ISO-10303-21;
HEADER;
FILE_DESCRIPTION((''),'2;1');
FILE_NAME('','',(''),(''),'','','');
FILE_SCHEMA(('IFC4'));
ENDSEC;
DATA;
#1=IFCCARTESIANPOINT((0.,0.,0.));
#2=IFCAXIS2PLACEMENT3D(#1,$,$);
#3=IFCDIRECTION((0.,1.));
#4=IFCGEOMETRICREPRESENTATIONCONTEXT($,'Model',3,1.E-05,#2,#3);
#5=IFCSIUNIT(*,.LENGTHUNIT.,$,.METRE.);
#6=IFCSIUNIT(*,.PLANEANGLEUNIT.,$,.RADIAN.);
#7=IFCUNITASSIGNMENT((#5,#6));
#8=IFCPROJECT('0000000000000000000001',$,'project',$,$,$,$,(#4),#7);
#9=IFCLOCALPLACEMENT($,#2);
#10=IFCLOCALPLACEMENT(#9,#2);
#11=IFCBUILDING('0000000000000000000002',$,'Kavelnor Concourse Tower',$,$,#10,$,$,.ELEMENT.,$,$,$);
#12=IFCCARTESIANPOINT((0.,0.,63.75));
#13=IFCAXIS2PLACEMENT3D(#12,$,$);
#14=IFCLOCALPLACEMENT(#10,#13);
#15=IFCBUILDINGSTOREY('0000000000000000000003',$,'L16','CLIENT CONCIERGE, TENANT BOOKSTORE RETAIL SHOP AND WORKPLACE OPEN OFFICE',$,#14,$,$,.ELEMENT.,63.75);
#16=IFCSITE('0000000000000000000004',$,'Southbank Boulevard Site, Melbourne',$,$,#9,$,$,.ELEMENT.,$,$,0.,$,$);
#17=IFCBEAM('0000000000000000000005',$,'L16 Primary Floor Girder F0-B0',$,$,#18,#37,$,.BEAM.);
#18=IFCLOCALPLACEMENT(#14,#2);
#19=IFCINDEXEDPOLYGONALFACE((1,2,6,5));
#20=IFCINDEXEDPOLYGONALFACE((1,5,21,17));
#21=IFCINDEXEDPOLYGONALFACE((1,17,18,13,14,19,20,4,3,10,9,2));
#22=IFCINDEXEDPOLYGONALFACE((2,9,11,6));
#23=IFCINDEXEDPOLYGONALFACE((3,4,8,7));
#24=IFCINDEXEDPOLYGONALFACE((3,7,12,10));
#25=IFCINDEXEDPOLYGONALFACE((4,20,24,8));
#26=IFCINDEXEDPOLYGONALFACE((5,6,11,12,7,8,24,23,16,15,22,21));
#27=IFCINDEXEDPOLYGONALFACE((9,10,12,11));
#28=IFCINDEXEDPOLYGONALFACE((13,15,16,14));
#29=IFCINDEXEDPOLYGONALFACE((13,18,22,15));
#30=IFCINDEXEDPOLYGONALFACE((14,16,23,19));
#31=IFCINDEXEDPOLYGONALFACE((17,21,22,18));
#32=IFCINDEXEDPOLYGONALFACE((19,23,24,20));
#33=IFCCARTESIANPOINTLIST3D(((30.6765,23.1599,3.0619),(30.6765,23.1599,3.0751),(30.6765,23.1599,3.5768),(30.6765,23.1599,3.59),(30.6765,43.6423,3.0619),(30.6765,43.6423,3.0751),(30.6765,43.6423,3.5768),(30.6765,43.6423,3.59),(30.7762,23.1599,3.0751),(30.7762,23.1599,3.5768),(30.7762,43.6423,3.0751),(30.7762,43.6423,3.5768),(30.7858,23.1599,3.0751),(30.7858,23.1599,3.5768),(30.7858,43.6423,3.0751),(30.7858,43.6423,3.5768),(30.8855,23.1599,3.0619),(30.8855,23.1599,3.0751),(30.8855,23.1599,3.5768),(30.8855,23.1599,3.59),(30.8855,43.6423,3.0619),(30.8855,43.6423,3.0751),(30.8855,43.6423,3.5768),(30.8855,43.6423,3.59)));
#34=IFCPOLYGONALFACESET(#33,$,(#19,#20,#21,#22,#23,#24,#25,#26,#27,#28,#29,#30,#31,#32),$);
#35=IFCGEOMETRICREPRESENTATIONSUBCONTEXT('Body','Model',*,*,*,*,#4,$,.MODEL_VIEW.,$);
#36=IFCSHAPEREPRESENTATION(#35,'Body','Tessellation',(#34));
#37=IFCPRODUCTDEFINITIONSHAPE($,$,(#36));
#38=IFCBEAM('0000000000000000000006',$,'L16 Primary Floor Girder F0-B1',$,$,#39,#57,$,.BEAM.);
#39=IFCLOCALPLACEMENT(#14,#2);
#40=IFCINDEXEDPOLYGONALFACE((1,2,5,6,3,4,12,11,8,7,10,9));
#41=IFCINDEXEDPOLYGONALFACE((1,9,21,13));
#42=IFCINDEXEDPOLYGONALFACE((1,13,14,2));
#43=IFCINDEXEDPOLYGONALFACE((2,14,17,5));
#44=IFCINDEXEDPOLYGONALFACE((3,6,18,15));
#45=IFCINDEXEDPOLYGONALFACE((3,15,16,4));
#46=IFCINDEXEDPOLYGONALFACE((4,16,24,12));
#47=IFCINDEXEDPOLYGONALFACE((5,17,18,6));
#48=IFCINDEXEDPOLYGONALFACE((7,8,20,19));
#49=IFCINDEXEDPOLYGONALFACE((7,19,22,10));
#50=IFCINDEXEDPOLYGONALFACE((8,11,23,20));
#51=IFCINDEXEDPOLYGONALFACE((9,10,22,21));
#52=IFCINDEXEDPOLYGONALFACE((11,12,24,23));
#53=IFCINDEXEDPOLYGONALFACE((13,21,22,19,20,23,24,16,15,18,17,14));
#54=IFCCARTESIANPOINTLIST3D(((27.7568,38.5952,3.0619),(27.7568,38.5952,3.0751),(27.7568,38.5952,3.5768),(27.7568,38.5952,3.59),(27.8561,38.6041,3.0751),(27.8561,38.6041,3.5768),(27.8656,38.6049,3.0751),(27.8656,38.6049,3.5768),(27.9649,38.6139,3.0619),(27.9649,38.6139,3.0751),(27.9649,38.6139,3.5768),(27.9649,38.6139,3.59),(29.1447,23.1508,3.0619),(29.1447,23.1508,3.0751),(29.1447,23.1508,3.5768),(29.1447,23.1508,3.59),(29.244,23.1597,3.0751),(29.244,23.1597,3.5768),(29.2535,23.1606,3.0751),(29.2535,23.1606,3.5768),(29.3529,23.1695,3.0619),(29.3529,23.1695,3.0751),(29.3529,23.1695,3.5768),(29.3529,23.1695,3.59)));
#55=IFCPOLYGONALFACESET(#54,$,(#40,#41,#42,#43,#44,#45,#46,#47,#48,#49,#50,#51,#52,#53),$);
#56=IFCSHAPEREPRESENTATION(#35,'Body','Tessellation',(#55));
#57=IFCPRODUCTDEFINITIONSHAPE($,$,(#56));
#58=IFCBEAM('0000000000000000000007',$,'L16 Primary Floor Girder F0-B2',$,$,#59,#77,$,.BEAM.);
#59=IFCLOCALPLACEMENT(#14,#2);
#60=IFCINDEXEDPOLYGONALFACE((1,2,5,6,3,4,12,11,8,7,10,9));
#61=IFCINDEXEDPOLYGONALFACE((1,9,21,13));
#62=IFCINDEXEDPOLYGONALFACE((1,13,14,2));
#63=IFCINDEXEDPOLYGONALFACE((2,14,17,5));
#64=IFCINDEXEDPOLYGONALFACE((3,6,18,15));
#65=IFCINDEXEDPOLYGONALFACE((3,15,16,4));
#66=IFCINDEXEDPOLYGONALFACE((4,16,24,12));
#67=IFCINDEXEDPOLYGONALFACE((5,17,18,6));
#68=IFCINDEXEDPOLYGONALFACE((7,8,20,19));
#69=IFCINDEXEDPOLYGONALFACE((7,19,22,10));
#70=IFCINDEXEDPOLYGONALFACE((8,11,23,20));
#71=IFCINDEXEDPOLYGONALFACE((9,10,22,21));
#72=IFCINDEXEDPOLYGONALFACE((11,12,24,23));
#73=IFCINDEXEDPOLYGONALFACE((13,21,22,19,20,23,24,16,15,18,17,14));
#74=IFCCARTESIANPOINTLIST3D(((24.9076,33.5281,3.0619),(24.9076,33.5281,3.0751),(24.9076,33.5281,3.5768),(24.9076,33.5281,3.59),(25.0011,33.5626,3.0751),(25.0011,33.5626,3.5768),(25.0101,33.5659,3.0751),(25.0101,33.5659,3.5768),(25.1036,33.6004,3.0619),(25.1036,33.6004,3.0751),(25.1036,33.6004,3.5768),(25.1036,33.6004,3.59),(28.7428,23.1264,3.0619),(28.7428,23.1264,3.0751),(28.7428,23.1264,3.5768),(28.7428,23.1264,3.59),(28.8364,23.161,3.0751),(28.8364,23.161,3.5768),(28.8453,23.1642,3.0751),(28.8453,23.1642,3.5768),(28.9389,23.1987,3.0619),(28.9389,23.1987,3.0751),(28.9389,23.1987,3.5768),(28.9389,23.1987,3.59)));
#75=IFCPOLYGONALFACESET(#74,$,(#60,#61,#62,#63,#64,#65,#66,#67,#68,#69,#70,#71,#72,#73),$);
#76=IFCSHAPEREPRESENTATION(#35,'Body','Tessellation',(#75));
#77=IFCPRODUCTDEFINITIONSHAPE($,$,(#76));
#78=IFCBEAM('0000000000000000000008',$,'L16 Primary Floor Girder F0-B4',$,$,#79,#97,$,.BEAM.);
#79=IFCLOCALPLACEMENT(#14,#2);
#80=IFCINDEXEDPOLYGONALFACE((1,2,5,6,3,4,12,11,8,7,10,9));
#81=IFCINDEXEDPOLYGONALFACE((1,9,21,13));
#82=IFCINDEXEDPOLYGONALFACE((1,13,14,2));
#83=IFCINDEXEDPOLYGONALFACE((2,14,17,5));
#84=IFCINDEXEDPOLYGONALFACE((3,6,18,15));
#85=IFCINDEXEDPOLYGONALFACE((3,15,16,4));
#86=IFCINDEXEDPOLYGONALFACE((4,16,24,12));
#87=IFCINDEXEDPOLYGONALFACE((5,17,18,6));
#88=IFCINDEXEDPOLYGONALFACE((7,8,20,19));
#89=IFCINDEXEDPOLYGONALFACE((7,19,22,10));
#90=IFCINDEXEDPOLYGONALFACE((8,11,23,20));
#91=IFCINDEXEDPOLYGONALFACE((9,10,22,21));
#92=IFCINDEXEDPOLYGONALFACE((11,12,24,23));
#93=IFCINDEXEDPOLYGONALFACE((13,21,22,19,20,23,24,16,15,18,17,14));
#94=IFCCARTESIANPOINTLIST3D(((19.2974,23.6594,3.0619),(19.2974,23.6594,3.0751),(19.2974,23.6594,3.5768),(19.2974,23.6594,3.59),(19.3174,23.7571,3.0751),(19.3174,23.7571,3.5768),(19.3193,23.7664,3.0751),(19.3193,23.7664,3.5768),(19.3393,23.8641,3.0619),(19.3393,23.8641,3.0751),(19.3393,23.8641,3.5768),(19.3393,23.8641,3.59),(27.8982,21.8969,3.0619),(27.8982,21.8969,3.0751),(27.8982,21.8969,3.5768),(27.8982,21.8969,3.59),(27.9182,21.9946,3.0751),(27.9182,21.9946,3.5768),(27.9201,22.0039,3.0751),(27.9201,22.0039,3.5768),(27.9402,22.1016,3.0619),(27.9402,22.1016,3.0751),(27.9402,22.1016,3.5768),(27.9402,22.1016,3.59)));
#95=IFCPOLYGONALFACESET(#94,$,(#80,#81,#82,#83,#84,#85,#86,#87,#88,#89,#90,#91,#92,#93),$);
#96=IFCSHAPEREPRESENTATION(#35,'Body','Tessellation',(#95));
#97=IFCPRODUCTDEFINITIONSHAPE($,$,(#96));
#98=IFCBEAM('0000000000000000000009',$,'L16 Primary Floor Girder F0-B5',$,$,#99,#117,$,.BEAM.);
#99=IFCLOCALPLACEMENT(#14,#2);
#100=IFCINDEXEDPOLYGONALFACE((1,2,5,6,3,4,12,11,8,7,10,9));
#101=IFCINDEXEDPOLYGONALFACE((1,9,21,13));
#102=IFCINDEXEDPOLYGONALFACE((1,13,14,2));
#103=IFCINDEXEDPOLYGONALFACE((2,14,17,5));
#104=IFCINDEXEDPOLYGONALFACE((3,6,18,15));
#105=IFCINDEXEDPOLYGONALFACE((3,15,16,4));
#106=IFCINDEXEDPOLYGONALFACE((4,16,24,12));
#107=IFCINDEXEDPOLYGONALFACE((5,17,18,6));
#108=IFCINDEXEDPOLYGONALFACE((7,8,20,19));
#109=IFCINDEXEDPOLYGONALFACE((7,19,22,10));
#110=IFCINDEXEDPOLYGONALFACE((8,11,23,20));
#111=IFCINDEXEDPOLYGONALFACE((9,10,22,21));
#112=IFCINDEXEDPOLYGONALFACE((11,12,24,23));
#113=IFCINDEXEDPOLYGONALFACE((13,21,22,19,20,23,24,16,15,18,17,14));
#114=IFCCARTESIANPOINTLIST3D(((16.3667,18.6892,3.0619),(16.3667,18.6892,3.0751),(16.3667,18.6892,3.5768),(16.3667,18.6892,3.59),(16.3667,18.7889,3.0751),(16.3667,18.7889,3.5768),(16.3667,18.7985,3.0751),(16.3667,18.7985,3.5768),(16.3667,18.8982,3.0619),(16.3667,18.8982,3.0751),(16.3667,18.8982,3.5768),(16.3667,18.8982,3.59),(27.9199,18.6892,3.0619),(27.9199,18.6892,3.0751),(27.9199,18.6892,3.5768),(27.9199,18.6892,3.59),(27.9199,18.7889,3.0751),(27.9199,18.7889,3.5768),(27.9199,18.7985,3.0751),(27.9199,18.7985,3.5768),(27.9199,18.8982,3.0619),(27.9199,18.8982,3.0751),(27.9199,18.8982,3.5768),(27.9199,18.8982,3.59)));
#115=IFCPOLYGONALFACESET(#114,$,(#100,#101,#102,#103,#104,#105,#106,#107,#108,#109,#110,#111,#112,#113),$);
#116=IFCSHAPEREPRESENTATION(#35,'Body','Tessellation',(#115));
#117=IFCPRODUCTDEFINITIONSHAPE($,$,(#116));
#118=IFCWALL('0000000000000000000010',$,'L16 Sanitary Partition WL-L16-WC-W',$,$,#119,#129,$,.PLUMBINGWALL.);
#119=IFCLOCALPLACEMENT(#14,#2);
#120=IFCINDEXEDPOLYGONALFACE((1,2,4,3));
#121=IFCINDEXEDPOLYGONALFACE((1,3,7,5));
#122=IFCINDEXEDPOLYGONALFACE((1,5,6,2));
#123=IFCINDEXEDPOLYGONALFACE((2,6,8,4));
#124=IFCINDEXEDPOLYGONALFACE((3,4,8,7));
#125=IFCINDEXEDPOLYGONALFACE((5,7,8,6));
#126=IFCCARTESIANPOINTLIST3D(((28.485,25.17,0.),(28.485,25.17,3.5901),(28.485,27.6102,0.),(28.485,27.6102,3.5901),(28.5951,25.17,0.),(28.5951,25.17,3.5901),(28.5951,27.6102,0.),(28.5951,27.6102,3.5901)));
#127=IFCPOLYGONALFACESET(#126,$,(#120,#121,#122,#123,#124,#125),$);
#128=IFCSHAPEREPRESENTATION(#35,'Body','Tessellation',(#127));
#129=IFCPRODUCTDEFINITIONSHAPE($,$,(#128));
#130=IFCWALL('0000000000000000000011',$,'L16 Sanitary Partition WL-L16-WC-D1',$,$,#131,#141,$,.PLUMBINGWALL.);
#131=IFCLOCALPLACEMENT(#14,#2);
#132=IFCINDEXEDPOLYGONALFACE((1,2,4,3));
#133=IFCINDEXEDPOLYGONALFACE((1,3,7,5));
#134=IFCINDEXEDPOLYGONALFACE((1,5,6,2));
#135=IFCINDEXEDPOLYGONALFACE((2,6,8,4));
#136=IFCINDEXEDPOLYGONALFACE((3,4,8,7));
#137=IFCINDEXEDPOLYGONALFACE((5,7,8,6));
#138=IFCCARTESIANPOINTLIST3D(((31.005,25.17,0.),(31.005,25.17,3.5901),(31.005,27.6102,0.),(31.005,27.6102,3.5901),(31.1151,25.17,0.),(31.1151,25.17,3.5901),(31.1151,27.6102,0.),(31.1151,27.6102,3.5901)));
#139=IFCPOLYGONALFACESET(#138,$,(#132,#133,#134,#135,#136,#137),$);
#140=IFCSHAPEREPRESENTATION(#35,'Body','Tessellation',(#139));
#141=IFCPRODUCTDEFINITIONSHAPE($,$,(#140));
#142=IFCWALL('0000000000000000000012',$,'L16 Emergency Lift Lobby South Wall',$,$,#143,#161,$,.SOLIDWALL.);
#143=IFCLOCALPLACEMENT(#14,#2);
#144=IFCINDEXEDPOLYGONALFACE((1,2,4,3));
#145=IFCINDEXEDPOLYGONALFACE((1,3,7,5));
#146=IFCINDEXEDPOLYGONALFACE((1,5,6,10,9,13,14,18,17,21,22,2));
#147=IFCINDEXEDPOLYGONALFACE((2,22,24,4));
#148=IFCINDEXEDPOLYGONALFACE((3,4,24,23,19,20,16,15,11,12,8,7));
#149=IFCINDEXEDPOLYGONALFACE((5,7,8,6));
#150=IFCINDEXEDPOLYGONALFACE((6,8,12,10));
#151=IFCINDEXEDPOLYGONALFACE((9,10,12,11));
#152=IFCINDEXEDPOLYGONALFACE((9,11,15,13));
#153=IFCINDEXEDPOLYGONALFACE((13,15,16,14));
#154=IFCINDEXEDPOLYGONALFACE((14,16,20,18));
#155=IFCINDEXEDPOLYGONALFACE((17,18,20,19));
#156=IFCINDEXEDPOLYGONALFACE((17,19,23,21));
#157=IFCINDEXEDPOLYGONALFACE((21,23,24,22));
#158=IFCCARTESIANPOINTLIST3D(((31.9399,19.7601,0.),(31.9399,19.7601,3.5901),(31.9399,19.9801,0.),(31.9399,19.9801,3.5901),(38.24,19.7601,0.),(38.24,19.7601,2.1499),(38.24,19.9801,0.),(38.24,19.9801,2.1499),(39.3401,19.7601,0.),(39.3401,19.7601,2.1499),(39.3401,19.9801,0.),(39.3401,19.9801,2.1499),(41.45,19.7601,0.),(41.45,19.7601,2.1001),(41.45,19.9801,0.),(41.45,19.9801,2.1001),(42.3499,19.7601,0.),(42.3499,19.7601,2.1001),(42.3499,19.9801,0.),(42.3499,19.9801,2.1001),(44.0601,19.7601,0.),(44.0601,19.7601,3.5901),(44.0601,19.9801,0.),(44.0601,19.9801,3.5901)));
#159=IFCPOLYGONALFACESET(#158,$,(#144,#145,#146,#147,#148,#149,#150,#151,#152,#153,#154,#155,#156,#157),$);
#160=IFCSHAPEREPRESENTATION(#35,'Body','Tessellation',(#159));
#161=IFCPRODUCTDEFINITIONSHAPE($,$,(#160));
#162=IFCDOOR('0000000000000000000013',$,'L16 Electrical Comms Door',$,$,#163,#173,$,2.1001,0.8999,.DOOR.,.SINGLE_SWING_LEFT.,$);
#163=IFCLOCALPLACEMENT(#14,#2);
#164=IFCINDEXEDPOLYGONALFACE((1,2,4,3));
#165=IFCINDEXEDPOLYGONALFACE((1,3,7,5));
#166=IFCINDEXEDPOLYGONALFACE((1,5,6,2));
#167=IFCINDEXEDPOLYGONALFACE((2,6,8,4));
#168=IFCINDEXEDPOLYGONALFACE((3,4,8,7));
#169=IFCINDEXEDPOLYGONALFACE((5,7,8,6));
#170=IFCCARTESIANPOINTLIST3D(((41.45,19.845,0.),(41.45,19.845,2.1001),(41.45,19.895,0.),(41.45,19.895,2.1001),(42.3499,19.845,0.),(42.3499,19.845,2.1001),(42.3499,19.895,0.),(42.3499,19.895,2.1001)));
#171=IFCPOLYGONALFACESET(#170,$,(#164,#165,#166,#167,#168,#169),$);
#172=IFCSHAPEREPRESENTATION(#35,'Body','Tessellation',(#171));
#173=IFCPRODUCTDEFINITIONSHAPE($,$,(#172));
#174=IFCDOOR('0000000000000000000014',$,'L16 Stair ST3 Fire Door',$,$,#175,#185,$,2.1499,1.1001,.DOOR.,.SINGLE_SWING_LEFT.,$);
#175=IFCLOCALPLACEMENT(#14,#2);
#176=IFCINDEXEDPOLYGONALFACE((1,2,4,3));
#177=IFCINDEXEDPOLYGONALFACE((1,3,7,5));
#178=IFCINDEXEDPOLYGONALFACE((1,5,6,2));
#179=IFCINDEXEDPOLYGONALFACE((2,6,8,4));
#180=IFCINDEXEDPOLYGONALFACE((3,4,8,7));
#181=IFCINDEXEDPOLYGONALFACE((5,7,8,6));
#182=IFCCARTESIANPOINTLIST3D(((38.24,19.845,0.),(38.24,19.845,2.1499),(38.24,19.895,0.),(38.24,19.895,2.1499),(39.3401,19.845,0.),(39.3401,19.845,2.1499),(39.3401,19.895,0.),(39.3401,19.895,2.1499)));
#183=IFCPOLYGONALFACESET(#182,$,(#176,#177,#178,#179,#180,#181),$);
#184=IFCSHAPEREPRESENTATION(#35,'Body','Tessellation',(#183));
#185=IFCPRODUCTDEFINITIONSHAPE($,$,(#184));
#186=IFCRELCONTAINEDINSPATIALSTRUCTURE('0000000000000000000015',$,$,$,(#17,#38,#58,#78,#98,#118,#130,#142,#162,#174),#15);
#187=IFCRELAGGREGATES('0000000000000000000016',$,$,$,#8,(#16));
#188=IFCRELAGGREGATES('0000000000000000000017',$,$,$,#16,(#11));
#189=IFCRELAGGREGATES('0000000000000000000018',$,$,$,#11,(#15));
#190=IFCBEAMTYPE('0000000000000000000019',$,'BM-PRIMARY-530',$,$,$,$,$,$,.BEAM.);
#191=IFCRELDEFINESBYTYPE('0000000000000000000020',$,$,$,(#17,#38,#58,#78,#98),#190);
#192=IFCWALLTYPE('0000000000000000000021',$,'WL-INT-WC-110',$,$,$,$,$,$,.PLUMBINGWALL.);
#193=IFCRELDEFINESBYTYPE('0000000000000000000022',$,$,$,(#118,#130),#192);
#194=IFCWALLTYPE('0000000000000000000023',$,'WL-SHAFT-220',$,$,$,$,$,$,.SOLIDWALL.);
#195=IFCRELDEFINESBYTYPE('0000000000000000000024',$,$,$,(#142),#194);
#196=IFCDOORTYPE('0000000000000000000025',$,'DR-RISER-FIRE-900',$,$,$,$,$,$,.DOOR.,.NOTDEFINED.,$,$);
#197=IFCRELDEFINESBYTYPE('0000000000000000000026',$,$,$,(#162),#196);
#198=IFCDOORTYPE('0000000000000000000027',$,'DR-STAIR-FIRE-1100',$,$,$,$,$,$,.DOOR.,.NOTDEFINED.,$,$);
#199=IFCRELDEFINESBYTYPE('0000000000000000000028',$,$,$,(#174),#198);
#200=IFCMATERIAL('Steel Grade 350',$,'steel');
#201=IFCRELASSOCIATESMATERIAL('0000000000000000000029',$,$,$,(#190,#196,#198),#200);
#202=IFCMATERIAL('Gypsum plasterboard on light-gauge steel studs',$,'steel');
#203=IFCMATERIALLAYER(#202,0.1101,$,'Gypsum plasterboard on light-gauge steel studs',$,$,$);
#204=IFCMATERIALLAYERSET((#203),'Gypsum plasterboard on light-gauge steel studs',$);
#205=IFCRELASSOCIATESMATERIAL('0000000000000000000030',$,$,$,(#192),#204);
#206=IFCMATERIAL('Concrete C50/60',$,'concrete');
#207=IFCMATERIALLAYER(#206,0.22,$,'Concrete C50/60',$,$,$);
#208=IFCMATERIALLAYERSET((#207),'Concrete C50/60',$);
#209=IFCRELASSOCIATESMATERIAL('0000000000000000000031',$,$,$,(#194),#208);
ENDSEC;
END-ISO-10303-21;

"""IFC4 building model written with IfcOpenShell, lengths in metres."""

from ifc_helpers import new_model, si_unit, direction, frame, frame_2d, origin, origin_2d, place, context, subcontext, project, spatial, rectangle, i_section, extrude, material, layer, layer_set, material_profile, profile_set, type_object, element, fill, save


model = new_model("IFC4")

# Units and contexts
model_context = context("Model", 3, precision=1e-05, world=origin(), true_north=direction((0.0, 1.0)))
body_context = subcontext(model_context, "Body", "Model", "MODEL_VIEW")
ifc_project = project(units=[si_unit("LENGTHUNIT", "METRE"), si_unit("PLANEANGLEUNIT", "RADIAN")], contexts=[model_context])

# Site, building, storey
site_placement = place(None, origin())
site = spatial("IfcSite", under=ifc_project, at=site_placement, Name="Southbank Boulevard Site, Melbourne", CompositionType="ELEMENT", RefElevation=0.0)
building_placement = place(site_placement, origin())
building = spatial("IfcBuilding", under=site, at=building_placement, Name="Kavelnor Concourse Tower", CompositionType="ELEMENT")
storey_placement = place(building_placement, frame((0.0, 0.0, 63.75)))
storey = spatial("IfcBuildingStorey", under=building, at=storey_placement, Name="L16", Description="CLIENT CONCIERGE, TENANT BOOKSTORE RETAIL SHOP AND WORKPLACE OPEN OFFICE", CompositionType="ELEMENT", Elevation=63.75)

# Beams
ifc_material_1 = material(Name="Steel Grade 350", Category="steel")
ifc_material_profile = material_profile(ifc_material_1, i_section(OverallWidth=0.209, OverallDepth=0.5281, WebThickness=0.0095, FlangeThickness=0.0132, at=origin_2d()), Name="530UB82")
ifc_profile_set = profile_set([ifc_material_profile], Name="Steel Grade 350")
beam_type = type_object("IfcBeamType", Name="BM-PRIMARY-530", PredefinedType="BEAM", material=ifc_profile_set)
beam_1_placement = place(storey_placement, frame((30.781, 23.1599, 3.3259), z_axis=(0.0, 1.0, 0.0), x_axis=(-1.0, 0.0, 0.0)))
element("IfcBeam", 1, at=beam_1_placement, inside=storey, type_object=beam_type, Name="L16 Primary Floor Girder F0-B0", PredefinedType="BEAM", context=body_context, shape_type="SweptSolid", body=[
    extrude(i_section(OverallWidth=0.209, OverallDepth=0.5281, WebThickness=0.0095, FlangeThickness=0.0132, at=origin_2d()), origin(), (0.0, 0.0, 1.0), 20.4824),
])
beam_2_placement = place(storey_placement, frame((29.2488, 23.1602, 3.3259), z_axis=(-0.089507, 0.995986, 0.0), x_axis=(-0.995986, -0.089507, 0.0)))
element("IfcBeam", 2, at=beam_2_placement, inside=storey, type_object=beam_type, Name="L16 Primary Floor Girder F0-B1", PredefinedType="BEAM", context=body_context, shape_type="SweptSolid", body=[
    extrude(i_section(OverallWidth=0.209, OverallDepth=0.5281, WebThickness=0.0095, FlangeThickness=0.0132, at=origin_2d()), origin(), (0.0, 0.0, 1.0), 15.5066),
])
beam_3_placement = place(storey_placement, frame((28.8408, 23.1626, 3.3259), z_axis=(-0.345946, 0.938254, 0.0), x_axis=(-0.938254, -0.345946, 0.0)))
element("IfcBeam", 3, at=beam_3_placement, inside=storey, type_object=beam_type, Name="L16 Primary Floor Girder F0-B2", PredefinedType="BEAM", context=body_context, shape_type="SweptSolid", body=[
    extrude(i_section(OverallWidth=0.209, OverallDepth=0.5281, WebThickness=0.0095, FlangeThickness=0.0132, at=origin_2d()), origin(), (0.0, 0.0, 1.0), 11.0862),
])
beam_4_placement = place(storey_placement, frame((27.9192, 21.9993, 3.3259), z_axis=(-0.979644, 0.200745, 0.0), x_axis=(-0.200745, -0.979644, 0.0)))
element("IfcBeam", 4, at=beam_4_placement, inside=storey, type_object=beam_type, Name="L16 Primary Floor Girder F0-B4", PredefinedType="BEAM", context=body_context, shape_type="SweptSolid", body=[
    extrude(i_section(OverallWidth=0.209, OverallDepth=0.5281, WebThickness=0.0095, FlangeThickness=0.0132, at=origin_2d()), origin(), (0.0, 0.0, 1.0), 8.7795),
])
beam_5_placement = place(storey_placement, frame((27.9199, 18.7937, 3.3259), z_axis=(-1.0, 0.0, 0.0), x_axis=(0.0, -1.0, 0.0)))
element("IfcBeam", 5, at=beam_5_placement, inside=storey, type_object=beam_type, Name="L16 Primary Floor Girder F0-B5", PredefinedType="BEAM", context=body_context, shape_type="SweptSolid", body=[
    extrude(i_section(OverallWidth=0.209, OverallDepth=0.5281, WebThickness=0.0095, FlangeThickness=0.0132, at=origin_2d()), origin(), (0.0, 0.0, 1.0), 11.5532),
])

# Walls
ifc_material_2 = material(Name="Gypsum plasterboard on light-gauge steel studs", Category="steel")
ifc_layer_1 = layer(ifc_material_2, 0.1101, Name="Gypsum plasterboard on light-gauge steel studs")
ifc_layer_set_1 = layer_set([ifc_layer_1], Name="Gypsum plasterboard on light-gauge steel studs")
wall_type_1 = type_object("IfcWallType", Name="WL-INT-WC-110", PredefinedType="PLUMBINGWALL", material=ifc_layer_set_1)
for number, where, z_axis, x_axis, name in (
    (6, (28.54, 25.1699, 0.0), (0.0, 0.0, 1.0), (0.0, 1.0, 0.0), "L16 Sanitary Partition WL-L16-WC-W"),
    (7, (31.0601, 25.1699, 0.0), (0.0, 0.0, 1.0), (0.0, 1.0, 0.0), "L16 Sanitary Partition WL-L16-WC-D1"),
):
    element("IfcWall", number, at=place(storey_placement, frame(where, z_axis=z_axis, x_axis=x_axis)), inside=storey, type_object=wall_type_1, Name=name, PredefinedType="PLUMBINGWALL", context=body_context, shape_type="SweptSolid", body=[
        extrude(rectangle(XDim=2.4402, YDim=0.1101, at=frame_2d((1.2202, 0.0))), origin(), (0.0, 0.0, 1.0), 3.5901),
    ])

# Wall, openings, doors
ifc_material_3 = material(Name="Concrete C50/60", Category="concrete")
ifc_layer_2 = layer(ifc_material_3, 0.22, Name="Concrete C50/60")
ifc_layer_set_2 = layer_set([ifc_layer_2], Name="Concrete C50/60")
wall_type_2 = type_object("IfcWallType", Name="WL-SHAFT-220", PredefinedType="SOLIDWALL", material=ifc_layer_set_2)
wall_1_placement = place(storey_placement, frame((31.9399, 19.8701, 0.0), z_axis=(0.0, 0.0, 1.0), x_axis=(1.0, 0.0, 0.0)))
wall_1 = element("IfcWall", 8, at=wall_1_placement, inside=storey, type_object=wall_type_2, Name="L16 Emergency Lift Lobby South Wall", PredefinedType="SOLIDWALL", context=body_context, shape_type="SweptSolid", body=[
    extrude(rectangle(XDim=12.1201, YDim=0.22, at=frame_2d((6.0601, 0.0))), origin(), (0.0, 0.0, 1.0), 3.5901),
])
opening_1_placement = place(wall_1_placement, frame((6.3, 0.0, 0.0)))
opening_1 = element("IfcOpeningElement", 9, at=opening_1_placement, cuts=wall_1, PredefinedType="OPENING", context=body_context, shape_type="SweptSolid", body=[
    extrude(rectangle(XDim=1.1001, YDim=2.1499, at=frame_2d((0.55, 1.075))), frame((0.0, 0.1201, 0.0), z_axis=(0.0, -1.0, 0.0), x_axis=(1.0, 0.0, 0.0)), (0.0, 0.0, 1.0), 0.24),
])
opening_2_placement = place(wall_1_placement, frame((9.51, 0.0, 0.0)))
opening_2 = element("IfcOpeningElement", 10, at=opening_2_placement, cuts=wall_1, PredefinedType="OPENING", context=body_context, shape_type="SweptSolid", body=[
    extrude(rectangle(XDim=0.8999, YDim=2.1001, at=frame_2d((0.45, 1.05))), frame((0.0, 0.1201, 0.0), z_axis=(0.0, -1.0, 0.0), x_axis=(1.0, 0.0, 0.0)), (0.0, 0.0, 1.0), 0.24),
])
door_type_1 = type_object("IfcDoorType", Name="DR-RISER-FIRE-900", OperationType="NOTDEFINED", PredefinedType="DOOR", material=ifc_material_1)
door_1_placement = place(opening_2_placement, origin())
door_1 = element("IfcDoor", 11, at=door_1_placement, inside=storey, type_object=door_type_1, Name="L16 Electrical Comms Door", OperationType="SINGLE_SWING_LEFT", OverallHeight=2.1001, OverallWidth=0.8999, PredefinedType="DOOR", context=body_context, shape_type="SweptSolid", body=[
    extrude(rectangle(XDim=0.8999, YDim=2.1001, at=frame_2d((0.45, 1.05))), frame((0.0, 0.0249, 0.0), z_axis=(0.0, -1.0, 0.0), x_axis=(1.0, 0.0, 0.0)), (0.0, 0.0, 1.0), 0.05),
])
fill(opening_2, door_1)
door_type_2 = type_object("IfcDoorType", Name="DR-STAIR-FIRE-1100", OperationType="NOTDEFINED", PredefinedType="DOOR", material=ifc_material_1)
door_2_placement = place(opening_1_placement, origin())
door_2 = element("IfcDoor", 12, at=door_2_placement, inside=storey, type_object=door_type_2, Name="L16 Stair ST3 Fire Door", OperationType="SINGLE_SWING_LEFT", OverallHeight=2.1499, OverallWidth=1.1001, PredefinedType="DOOR", context=body_context, shape_type="SweptSolid", body=[
    extrude(rectangle(XDim=1.1001, YDim=2.1499, at=frame_2d((0.55, 1.075))), frame((0.0, 0.0249, 0.0), z_axis=(0.0, -1.0, 0.0), x_axis=(1.0, 0.0, 0.0)), (0.0, 0.0, 1.0), 0.05),
])
fill(opening_1, door_2)

save(model, "model.ifc")
